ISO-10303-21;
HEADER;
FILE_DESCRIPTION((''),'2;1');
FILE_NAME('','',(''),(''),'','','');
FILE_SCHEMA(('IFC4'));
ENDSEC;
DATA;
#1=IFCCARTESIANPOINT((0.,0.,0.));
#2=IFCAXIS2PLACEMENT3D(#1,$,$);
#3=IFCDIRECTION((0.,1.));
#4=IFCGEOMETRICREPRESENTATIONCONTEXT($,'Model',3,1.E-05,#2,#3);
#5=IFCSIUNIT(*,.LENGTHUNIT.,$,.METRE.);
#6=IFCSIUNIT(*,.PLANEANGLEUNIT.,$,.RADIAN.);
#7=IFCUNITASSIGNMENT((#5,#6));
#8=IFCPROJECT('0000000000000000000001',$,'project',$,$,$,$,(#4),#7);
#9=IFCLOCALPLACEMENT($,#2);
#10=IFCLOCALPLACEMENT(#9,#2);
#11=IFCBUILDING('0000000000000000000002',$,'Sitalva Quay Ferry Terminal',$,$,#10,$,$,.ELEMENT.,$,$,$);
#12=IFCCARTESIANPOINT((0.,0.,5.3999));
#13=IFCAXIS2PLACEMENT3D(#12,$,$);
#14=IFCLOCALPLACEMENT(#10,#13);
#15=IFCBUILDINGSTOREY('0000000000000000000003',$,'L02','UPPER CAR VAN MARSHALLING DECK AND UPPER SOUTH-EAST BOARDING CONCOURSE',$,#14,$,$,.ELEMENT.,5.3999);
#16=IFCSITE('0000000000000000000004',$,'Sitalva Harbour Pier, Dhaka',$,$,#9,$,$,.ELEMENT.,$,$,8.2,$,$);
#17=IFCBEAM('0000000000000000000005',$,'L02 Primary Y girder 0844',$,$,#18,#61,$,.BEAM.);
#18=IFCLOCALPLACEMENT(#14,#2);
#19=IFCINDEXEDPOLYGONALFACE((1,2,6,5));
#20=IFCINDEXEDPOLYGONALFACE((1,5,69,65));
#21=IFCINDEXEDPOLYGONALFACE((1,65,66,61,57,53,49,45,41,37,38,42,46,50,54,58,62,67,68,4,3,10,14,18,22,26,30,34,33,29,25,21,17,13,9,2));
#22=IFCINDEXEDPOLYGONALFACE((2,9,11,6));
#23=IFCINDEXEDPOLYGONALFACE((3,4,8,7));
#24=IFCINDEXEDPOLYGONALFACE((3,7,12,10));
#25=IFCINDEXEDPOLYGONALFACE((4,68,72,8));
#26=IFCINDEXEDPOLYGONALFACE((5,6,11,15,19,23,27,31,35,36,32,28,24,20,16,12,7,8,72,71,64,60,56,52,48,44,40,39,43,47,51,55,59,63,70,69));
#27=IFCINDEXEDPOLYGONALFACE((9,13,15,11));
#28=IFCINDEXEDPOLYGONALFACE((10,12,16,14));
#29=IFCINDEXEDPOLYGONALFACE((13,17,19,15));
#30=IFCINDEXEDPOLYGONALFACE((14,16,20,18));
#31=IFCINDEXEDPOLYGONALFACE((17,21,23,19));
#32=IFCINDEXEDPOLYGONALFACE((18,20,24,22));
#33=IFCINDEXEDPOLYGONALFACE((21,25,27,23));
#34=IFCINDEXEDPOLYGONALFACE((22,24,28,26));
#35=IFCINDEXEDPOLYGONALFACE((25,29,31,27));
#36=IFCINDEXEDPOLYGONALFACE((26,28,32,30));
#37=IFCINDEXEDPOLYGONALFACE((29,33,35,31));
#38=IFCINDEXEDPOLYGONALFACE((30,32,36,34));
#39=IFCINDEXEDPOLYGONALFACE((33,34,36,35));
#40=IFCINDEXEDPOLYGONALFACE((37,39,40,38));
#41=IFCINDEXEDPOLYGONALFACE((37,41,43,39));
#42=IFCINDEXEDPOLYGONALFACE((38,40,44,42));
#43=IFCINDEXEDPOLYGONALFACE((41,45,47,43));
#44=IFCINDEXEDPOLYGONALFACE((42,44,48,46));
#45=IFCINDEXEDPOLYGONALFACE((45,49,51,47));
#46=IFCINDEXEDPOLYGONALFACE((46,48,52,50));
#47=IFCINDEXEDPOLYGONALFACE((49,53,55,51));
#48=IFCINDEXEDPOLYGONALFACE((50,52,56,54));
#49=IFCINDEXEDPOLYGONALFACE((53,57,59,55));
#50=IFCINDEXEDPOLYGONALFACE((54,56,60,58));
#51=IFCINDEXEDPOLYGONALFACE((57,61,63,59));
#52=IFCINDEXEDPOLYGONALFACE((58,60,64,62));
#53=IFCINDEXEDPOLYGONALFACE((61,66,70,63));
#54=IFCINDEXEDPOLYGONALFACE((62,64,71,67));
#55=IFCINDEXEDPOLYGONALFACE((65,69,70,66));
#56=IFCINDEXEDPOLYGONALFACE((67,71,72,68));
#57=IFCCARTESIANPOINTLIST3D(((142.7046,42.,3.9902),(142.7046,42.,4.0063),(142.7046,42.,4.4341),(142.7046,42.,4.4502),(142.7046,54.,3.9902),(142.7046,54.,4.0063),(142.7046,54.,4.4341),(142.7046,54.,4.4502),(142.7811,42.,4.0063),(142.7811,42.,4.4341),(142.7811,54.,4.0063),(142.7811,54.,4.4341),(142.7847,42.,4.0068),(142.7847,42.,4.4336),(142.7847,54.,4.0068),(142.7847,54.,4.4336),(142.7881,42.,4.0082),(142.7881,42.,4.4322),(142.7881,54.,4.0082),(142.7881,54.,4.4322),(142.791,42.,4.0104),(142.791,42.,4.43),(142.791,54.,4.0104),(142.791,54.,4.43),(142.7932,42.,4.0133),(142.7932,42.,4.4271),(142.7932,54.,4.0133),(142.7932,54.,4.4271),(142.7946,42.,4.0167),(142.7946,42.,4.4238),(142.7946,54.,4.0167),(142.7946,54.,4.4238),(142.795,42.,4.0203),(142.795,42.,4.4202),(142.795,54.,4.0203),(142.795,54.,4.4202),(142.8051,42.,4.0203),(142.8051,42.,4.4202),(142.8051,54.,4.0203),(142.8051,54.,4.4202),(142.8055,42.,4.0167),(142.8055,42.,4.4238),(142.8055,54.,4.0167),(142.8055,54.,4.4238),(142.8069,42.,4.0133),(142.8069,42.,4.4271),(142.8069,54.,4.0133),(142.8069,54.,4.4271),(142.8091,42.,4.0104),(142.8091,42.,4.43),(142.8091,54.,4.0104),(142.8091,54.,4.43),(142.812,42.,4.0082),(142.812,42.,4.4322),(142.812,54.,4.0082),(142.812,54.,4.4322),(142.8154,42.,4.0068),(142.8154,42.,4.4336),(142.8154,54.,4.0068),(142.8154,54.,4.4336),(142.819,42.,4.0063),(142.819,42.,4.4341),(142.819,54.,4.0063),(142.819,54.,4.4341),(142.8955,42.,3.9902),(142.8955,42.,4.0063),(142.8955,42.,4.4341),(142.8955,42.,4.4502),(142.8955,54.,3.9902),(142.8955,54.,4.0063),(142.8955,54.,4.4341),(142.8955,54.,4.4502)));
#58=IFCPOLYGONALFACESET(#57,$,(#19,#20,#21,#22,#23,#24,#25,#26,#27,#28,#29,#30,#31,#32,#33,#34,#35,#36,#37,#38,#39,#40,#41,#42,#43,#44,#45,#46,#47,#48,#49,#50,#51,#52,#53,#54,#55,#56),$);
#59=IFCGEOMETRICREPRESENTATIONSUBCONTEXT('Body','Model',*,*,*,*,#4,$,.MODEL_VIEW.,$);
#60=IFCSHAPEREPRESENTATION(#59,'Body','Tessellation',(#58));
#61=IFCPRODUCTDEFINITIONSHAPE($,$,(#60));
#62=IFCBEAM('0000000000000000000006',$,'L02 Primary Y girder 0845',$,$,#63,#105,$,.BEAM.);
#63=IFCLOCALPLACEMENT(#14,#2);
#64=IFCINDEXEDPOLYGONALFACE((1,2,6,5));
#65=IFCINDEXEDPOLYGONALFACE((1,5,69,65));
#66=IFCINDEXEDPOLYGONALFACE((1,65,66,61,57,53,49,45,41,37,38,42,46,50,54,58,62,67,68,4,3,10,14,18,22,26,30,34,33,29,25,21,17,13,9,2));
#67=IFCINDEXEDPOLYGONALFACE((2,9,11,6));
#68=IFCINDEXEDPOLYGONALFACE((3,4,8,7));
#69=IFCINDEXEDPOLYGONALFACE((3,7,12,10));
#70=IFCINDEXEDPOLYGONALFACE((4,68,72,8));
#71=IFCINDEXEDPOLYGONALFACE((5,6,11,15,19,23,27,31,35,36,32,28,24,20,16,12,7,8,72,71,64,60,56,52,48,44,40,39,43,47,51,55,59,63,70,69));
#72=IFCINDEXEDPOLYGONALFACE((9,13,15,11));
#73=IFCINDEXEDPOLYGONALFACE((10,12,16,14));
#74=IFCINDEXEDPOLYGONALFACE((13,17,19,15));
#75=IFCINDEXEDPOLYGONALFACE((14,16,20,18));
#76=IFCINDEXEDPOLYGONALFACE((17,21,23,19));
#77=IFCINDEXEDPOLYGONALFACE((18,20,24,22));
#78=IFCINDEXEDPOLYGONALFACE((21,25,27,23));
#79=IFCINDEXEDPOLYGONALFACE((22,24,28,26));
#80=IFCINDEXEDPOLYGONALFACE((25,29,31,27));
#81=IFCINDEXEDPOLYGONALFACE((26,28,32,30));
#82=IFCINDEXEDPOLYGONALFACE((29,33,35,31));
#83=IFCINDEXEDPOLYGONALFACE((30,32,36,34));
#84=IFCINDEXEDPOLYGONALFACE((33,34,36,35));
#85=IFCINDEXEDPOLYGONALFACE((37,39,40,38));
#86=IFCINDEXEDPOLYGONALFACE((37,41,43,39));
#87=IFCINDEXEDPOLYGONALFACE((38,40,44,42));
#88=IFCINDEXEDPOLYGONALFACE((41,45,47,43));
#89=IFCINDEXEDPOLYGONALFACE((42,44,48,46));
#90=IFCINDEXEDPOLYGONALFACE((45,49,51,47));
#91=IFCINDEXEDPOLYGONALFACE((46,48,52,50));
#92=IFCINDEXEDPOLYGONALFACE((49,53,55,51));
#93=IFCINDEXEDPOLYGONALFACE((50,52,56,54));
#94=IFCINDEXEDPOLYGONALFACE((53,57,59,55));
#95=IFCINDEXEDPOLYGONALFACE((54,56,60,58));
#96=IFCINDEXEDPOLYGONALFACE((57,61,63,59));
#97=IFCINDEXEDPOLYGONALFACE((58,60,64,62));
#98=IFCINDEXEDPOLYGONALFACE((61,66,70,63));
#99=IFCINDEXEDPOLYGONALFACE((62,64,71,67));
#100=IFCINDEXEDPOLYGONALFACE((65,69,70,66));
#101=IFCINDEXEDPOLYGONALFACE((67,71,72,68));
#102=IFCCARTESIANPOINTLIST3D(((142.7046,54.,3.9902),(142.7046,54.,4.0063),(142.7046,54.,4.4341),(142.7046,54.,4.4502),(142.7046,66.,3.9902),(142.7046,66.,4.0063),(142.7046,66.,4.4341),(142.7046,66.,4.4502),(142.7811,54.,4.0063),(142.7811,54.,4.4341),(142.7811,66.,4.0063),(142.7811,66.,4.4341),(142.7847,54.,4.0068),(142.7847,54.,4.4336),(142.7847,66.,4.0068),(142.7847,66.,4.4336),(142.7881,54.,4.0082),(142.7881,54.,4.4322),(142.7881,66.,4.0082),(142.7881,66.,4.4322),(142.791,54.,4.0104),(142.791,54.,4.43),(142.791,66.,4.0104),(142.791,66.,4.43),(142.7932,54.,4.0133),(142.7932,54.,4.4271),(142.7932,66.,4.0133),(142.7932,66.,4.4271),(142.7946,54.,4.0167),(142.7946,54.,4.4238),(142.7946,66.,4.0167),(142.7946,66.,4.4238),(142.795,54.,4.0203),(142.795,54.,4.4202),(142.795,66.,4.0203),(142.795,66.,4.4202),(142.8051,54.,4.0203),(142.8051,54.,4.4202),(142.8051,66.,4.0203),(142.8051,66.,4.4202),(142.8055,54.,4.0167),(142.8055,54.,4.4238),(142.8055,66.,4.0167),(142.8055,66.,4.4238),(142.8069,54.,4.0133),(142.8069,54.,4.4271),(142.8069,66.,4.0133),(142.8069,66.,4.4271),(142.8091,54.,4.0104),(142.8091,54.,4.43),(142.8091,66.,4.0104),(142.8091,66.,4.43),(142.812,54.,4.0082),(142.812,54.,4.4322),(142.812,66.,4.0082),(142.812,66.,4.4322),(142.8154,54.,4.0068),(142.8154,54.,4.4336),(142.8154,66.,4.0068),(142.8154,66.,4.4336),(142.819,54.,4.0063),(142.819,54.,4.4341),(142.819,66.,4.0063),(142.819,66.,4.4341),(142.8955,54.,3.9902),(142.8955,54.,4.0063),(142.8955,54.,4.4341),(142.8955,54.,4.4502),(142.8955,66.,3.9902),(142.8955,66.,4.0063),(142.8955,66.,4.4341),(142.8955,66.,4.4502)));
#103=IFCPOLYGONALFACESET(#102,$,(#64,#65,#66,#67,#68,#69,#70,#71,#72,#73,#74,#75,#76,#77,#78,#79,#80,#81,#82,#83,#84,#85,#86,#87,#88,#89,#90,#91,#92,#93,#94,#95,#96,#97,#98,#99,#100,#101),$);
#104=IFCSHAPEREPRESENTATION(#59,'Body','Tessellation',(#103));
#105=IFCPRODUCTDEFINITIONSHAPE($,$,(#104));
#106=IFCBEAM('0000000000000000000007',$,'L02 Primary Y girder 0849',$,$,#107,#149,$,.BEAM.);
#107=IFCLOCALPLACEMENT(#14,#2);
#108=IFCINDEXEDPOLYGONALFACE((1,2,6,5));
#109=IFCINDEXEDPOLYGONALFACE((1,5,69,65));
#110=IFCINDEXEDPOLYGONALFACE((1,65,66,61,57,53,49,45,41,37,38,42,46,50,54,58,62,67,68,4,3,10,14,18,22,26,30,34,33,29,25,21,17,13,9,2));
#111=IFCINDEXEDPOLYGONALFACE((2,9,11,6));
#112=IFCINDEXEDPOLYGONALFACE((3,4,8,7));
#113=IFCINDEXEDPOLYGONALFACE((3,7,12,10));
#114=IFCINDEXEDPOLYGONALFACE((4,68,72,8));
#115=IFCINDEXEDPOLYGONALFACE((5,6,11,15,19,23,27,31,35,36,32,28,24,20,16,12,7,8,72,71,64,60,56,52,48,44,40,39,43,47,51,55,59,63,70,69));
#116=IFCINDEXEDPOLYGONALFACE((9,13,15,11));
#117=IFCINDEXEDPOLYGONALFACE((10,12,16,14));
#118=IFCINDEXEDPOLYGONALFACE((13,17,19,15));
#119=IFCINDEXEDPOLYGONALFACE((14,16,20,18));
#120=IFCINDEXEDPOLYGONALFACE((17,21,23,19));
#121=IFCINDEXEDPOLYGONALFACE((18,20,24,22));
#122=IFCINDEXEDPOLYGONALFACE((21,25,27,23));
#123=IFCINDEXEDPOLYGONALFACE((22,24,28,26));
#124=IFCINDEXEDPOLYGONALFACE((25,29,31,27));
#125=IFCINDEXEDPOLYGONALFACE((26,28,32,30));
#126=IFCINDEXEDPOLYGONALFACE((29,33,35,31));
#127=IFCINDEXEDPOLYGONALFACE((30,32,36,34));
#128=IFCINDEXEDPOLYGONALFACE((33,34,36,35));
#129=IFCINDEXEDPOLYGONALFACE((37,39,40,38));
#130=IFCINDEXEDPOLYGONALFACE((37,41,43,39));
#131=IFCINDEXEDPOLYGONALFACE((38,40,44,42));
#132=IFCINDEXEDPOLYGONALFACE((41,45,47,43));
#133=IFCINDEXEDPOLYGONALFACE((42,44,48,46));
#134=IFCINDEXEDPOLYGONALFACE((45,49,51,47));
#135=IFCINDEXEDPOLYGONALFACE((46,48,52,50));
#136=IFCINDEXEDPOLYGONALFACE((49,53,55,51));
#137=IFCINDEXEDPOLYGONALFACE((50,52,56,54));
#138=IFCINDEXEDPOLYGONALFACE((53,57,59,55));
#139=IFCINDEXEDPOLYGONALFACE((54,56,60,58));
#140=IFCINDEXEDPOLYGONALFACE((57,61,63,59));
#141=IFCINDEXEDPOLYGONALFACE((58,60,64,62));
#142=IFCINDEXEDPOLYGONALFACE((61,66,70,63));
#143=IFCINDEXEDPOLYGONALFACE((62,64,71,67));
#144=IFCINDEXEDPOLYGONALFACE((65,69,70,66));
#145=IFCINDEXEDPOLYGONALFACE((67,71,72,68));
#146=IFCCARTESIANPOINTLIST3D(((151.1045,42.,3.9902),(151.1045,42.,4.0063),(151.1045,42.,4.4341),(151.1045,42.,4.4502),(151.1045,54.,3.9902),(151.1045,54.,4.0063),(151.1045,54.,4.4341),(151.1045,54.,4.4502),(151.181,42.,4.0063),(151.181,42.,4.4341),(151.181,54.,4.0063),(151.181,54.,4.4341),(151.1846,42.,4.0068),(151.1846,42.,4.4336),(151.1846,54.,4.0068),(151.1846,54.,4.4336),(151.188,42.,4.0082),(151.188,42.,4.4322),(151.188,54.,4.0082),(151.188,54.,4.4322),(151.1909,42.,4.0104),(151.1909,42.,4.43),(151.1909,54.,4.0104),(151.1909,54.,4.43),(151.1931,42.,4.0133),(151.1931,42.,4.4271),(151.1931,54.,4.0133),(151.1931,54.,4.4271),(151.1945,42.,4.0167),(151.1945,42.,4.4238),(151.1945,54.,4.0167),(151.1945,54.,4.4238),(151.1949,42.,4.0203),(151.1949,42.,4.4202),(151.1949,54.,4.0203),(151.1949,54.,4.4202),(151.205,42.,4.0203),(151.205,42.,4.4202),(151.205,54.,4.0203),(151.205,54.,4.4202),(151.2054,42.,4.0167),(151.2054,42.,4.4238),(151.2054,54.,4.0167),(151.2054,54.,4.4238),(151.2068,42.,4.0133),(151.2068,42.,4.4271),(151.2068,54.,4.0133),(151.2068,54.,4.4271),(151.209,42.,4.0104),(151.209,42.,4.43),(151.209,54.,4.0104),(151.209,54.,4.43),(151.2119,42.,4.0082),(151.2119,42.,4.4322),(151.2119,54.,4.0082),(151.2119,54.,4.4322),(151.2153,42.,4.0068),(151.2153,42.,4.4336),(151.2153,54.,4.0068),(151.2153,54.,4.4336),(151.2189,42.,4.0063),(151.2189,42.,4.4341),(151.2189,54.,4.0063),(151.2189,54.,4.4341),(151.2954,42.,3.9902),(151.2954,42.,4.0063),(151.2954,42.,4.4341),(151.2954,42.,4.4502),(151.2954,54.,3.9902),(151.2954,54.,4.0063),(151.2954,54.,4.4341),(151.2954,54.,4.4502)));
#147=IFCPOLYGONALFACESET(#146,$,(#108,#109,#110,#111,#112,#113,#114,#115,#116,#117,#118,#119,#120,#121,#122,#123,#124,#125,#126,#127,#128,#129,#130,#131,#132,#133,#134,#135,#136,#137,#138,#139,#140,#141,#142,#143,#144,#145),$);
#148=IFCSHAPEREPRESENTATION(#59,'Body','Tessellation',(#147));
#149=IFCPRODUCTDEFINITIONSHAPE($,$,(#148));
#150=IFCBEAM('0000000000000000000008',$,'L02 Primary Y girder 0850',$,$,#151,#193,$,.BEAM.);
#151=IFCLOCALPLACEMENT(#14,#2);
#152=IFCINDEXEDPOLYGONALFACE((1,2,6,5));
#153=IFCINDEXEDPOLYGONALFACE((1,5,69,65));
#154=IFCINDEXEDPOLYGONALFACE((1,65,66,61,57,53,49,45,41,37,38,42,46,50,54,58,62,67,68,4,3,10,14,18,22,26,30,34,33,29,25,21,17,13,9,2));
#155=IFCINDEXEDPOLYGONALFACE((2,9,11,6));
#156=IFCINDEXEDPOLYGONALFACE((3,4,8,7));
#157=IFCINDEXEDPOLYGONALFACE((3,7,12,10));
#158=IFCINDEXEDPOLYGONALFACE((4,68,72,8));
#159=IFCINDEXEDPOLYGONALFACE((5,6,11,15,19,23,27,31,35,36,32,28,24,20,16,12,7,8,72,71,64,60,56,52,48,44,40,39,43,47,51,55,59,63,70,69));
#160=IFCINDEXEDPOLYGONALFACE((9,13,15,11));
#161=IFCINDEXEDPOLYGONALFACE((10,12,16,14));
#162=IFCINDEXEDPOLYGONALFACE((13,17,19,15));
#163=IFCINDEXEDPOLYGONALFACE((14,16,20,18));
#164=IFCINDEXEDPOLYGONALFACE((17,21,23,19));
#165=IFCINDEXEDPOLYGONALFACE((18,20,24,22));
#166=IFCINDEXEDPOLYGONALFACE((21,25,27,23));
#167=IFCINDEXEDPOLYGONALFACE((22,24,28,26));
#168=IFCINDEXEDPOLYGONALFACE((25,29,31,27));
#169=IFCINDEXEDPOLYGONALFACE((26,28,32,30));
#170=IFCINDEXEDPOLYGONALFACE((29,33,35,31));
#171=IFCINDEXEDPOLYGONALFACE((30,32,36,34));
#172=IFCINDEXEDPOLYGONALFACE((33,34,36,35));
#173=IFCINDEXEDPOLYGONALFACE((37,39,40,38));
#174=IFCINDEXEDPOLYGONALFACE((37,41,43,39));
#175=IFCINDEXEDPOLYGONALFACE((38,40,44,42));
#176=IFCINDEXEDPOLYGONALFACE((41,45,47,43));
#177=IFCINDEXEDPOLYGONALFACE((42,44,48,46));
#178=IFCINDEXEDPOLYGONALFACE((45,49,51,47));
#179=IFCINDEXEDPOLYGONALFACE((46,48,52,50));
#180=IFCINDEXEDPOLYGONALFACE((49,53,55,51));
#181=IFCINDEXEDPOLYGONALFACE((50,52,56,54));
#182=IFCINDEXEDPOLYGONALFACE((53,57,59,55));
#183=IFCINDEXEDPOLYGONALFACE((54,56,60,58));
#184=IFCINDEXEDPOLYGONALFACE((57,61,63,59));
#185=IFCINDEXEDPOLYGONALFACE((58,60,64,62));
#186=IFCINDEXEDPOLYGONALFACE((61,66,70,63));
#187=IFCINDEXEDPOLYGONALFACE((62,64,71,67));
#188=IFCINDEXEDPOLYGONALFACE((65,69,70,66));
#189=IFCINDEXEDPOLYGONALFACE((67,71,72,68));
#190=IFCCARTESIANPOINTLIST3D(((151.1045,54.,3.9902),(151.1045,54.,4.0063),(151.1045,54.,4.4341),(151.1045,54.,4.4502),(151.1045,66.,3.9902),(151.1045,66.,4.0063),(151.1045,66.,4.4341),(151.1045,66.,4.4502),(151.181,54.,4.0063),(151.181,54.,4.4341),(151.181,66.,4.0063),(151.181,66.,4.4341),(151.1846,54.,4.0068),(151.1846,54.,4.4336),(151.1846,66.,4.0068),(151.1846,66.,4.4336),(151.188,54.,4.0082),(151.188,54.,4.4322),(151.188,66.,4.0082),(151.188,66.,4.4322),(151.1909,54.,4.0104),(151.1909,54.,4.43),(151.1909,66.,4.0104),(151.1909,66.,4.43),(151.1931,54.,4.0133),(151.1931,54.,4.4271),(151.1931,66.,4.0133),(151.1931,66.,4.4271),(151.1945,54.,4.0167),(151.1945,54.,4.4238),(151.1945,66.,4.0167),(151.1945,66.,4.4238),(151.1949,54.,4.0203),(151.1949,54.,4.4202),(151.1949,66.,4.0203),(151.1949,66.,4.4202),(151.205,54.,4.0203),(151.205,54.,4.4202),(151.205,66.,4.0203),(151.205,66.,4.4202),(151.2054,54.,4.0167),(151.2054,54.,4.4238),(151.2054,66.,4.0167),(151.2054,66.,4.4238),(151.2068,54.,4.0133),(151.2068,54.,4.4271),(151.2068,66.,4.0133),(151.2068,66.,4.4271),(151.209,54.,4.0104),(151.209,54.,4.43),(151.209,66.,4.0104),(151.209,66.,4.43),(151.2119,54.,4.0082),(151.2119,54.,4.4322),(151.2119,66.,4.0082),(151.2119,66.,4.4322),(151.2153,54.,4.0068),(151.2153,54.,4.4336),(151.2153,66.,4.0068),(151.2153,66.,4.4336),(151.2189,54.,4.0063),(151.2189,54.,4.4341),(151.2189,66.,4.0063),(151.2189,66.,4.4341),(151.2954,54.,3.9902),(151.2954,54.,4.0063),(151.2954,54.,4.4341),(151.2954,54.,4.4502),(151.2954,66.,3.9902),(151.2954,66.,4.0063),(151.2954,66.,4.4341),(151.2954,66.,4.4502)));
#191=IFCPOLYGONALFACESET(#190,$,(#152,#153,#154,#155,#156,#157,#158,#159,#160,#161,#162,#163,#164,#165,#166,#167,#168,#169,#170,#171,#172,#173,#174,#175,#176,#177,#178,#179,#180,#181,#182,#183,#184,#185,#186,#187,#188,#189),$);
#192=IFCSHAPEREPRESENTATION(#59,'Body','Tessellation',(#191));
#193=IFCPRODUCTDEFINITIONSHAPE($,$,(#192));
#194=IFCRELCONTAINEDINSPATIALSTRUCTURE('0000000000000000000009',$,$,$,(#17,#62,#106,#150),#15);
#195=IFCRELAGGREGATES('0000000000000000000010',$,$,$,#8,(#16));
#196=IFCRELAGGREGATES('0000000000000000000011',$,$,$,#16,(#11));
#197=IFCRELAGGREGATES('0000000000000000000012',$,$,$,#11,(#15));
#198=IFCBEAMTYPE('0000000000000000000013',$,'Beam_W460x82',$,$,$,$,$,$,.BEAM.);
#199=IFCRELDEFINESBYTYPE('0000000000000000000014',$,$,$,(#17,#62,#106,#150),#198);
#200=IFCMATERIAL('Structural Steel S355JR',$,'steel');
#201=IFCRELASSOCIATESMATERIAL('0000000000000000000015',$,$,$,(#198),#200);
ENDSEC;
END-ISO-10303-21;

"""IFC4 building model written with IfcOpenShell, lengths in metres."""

from ifc_helpers import new_model, si_unit, direction, frame, origin, origin_2d, place, context, subcontext, project, spatial, i_section, extrude, material, material_profile, profile_set, type_object, element, save


model = new_model("IFC4")

# Units and contexts
model_context = context("Model", 3, precision=1e-05, world=origin(), true_north=direction((0.0, 1.0)))
body_context = subcontext(model_context, "Body", "Model", "MODEL_VIEW")
ifc_project = project(units=[si_unit("LENGTHUNIT", "METRE"), si_unit("PLANEANGLEUNIT", "RADIAN")], contexts=[model_context])

# Site, building, storey
site_placement = place(None, origin())
site = spatial("IfcSite", under=ifc_project, at=site_placement, Name="Sitalva Harbour Pier, Dhaka", CompositionType="ELEMENT", RefElevation=8.2)
building_placement = place(site_placement, origin())
building = spatial("IfcBuilding", under=site, at=building_placement, Name="Sitalva Quay Ferry Terminal", CompositionType="ELEMENT")
storey_placement = place(building_placement, frame((0.0, 0.0, 5.3999)))
storey = spatial("IfcBuildingStorey", under=building, at=storey_placement, Name="L02", Description="UPPER CAR VAN MARSHALLING DECK AND UPPER SOUTH-EAST BOARDING CONCOURSE", CompositionType="ELEMENT", Elevation=5.3999)

# Beams
ifc_material_1 = material(Name="Structural Steel S355JR", Category="steel")
ifc_material_profile_1 = material_profile(ifc_material_1, i_section(OverallWidth=0.1909, OverallDepth=0.46, WebThickness=0.01, FlangeThickness=0.0161, FilletRadius=0.0139, at=origin_2d()), Name="W460x82")
ifc_profile_set_1 = profile_set([ifc_material_profile_1], Name="Structural Steel S355JR")
beam_type_1 = type_object("IfcBeamType", Name="Beam_W460x82", PredefinedType="BEAM", material=ifc_profile_set_1)
for number, where, z_axis, x_axis, name in (
    (1, (142.8, 42.0, 4.2202), (0.0, 1.0, 0.0), (-1.0, 0.0, 0.0), "L02 Primary Y girder 0844"),
    (2, (142.8, 54.0, 4.2202), (0.0, 1.0, 0.0), (-1.0, 0.0, 0.0), "L02 Primary Y girder 0845"),
    (3, (151.2, 42.0, 4.2202), (0.0, 1.0, 0.0), (-1.0, 0.0, 0.0), "L02 Primary Y girder 0849"),
    (4, (151.2, 54.0, 4.2202), (0.0, 1.0, 0.0), (-1.0, 0.0, 0.0), "L02 Primary Y girder 0850"),
):
    element("IfcBeam", number, at=place(storey_placement, frame(where, z_axis=z_axis, x_axis=x_axis)), inside=storey, type_object=beam_type_1, Name=name, PredefinedType="BEAM", context=body_context, shape_type="SweptSolid", body=[
        extrude(i_section(OverallWidth=0.1909, OverallDepth=0.46, WebThickness=0.01, FlangeThickness=0.0161, FilletRadius=0.0139, at=origin_2d()), origin(), (0.0, 0.0, 1.0), 12.0),
    ])

save(model, "model.ifc")
